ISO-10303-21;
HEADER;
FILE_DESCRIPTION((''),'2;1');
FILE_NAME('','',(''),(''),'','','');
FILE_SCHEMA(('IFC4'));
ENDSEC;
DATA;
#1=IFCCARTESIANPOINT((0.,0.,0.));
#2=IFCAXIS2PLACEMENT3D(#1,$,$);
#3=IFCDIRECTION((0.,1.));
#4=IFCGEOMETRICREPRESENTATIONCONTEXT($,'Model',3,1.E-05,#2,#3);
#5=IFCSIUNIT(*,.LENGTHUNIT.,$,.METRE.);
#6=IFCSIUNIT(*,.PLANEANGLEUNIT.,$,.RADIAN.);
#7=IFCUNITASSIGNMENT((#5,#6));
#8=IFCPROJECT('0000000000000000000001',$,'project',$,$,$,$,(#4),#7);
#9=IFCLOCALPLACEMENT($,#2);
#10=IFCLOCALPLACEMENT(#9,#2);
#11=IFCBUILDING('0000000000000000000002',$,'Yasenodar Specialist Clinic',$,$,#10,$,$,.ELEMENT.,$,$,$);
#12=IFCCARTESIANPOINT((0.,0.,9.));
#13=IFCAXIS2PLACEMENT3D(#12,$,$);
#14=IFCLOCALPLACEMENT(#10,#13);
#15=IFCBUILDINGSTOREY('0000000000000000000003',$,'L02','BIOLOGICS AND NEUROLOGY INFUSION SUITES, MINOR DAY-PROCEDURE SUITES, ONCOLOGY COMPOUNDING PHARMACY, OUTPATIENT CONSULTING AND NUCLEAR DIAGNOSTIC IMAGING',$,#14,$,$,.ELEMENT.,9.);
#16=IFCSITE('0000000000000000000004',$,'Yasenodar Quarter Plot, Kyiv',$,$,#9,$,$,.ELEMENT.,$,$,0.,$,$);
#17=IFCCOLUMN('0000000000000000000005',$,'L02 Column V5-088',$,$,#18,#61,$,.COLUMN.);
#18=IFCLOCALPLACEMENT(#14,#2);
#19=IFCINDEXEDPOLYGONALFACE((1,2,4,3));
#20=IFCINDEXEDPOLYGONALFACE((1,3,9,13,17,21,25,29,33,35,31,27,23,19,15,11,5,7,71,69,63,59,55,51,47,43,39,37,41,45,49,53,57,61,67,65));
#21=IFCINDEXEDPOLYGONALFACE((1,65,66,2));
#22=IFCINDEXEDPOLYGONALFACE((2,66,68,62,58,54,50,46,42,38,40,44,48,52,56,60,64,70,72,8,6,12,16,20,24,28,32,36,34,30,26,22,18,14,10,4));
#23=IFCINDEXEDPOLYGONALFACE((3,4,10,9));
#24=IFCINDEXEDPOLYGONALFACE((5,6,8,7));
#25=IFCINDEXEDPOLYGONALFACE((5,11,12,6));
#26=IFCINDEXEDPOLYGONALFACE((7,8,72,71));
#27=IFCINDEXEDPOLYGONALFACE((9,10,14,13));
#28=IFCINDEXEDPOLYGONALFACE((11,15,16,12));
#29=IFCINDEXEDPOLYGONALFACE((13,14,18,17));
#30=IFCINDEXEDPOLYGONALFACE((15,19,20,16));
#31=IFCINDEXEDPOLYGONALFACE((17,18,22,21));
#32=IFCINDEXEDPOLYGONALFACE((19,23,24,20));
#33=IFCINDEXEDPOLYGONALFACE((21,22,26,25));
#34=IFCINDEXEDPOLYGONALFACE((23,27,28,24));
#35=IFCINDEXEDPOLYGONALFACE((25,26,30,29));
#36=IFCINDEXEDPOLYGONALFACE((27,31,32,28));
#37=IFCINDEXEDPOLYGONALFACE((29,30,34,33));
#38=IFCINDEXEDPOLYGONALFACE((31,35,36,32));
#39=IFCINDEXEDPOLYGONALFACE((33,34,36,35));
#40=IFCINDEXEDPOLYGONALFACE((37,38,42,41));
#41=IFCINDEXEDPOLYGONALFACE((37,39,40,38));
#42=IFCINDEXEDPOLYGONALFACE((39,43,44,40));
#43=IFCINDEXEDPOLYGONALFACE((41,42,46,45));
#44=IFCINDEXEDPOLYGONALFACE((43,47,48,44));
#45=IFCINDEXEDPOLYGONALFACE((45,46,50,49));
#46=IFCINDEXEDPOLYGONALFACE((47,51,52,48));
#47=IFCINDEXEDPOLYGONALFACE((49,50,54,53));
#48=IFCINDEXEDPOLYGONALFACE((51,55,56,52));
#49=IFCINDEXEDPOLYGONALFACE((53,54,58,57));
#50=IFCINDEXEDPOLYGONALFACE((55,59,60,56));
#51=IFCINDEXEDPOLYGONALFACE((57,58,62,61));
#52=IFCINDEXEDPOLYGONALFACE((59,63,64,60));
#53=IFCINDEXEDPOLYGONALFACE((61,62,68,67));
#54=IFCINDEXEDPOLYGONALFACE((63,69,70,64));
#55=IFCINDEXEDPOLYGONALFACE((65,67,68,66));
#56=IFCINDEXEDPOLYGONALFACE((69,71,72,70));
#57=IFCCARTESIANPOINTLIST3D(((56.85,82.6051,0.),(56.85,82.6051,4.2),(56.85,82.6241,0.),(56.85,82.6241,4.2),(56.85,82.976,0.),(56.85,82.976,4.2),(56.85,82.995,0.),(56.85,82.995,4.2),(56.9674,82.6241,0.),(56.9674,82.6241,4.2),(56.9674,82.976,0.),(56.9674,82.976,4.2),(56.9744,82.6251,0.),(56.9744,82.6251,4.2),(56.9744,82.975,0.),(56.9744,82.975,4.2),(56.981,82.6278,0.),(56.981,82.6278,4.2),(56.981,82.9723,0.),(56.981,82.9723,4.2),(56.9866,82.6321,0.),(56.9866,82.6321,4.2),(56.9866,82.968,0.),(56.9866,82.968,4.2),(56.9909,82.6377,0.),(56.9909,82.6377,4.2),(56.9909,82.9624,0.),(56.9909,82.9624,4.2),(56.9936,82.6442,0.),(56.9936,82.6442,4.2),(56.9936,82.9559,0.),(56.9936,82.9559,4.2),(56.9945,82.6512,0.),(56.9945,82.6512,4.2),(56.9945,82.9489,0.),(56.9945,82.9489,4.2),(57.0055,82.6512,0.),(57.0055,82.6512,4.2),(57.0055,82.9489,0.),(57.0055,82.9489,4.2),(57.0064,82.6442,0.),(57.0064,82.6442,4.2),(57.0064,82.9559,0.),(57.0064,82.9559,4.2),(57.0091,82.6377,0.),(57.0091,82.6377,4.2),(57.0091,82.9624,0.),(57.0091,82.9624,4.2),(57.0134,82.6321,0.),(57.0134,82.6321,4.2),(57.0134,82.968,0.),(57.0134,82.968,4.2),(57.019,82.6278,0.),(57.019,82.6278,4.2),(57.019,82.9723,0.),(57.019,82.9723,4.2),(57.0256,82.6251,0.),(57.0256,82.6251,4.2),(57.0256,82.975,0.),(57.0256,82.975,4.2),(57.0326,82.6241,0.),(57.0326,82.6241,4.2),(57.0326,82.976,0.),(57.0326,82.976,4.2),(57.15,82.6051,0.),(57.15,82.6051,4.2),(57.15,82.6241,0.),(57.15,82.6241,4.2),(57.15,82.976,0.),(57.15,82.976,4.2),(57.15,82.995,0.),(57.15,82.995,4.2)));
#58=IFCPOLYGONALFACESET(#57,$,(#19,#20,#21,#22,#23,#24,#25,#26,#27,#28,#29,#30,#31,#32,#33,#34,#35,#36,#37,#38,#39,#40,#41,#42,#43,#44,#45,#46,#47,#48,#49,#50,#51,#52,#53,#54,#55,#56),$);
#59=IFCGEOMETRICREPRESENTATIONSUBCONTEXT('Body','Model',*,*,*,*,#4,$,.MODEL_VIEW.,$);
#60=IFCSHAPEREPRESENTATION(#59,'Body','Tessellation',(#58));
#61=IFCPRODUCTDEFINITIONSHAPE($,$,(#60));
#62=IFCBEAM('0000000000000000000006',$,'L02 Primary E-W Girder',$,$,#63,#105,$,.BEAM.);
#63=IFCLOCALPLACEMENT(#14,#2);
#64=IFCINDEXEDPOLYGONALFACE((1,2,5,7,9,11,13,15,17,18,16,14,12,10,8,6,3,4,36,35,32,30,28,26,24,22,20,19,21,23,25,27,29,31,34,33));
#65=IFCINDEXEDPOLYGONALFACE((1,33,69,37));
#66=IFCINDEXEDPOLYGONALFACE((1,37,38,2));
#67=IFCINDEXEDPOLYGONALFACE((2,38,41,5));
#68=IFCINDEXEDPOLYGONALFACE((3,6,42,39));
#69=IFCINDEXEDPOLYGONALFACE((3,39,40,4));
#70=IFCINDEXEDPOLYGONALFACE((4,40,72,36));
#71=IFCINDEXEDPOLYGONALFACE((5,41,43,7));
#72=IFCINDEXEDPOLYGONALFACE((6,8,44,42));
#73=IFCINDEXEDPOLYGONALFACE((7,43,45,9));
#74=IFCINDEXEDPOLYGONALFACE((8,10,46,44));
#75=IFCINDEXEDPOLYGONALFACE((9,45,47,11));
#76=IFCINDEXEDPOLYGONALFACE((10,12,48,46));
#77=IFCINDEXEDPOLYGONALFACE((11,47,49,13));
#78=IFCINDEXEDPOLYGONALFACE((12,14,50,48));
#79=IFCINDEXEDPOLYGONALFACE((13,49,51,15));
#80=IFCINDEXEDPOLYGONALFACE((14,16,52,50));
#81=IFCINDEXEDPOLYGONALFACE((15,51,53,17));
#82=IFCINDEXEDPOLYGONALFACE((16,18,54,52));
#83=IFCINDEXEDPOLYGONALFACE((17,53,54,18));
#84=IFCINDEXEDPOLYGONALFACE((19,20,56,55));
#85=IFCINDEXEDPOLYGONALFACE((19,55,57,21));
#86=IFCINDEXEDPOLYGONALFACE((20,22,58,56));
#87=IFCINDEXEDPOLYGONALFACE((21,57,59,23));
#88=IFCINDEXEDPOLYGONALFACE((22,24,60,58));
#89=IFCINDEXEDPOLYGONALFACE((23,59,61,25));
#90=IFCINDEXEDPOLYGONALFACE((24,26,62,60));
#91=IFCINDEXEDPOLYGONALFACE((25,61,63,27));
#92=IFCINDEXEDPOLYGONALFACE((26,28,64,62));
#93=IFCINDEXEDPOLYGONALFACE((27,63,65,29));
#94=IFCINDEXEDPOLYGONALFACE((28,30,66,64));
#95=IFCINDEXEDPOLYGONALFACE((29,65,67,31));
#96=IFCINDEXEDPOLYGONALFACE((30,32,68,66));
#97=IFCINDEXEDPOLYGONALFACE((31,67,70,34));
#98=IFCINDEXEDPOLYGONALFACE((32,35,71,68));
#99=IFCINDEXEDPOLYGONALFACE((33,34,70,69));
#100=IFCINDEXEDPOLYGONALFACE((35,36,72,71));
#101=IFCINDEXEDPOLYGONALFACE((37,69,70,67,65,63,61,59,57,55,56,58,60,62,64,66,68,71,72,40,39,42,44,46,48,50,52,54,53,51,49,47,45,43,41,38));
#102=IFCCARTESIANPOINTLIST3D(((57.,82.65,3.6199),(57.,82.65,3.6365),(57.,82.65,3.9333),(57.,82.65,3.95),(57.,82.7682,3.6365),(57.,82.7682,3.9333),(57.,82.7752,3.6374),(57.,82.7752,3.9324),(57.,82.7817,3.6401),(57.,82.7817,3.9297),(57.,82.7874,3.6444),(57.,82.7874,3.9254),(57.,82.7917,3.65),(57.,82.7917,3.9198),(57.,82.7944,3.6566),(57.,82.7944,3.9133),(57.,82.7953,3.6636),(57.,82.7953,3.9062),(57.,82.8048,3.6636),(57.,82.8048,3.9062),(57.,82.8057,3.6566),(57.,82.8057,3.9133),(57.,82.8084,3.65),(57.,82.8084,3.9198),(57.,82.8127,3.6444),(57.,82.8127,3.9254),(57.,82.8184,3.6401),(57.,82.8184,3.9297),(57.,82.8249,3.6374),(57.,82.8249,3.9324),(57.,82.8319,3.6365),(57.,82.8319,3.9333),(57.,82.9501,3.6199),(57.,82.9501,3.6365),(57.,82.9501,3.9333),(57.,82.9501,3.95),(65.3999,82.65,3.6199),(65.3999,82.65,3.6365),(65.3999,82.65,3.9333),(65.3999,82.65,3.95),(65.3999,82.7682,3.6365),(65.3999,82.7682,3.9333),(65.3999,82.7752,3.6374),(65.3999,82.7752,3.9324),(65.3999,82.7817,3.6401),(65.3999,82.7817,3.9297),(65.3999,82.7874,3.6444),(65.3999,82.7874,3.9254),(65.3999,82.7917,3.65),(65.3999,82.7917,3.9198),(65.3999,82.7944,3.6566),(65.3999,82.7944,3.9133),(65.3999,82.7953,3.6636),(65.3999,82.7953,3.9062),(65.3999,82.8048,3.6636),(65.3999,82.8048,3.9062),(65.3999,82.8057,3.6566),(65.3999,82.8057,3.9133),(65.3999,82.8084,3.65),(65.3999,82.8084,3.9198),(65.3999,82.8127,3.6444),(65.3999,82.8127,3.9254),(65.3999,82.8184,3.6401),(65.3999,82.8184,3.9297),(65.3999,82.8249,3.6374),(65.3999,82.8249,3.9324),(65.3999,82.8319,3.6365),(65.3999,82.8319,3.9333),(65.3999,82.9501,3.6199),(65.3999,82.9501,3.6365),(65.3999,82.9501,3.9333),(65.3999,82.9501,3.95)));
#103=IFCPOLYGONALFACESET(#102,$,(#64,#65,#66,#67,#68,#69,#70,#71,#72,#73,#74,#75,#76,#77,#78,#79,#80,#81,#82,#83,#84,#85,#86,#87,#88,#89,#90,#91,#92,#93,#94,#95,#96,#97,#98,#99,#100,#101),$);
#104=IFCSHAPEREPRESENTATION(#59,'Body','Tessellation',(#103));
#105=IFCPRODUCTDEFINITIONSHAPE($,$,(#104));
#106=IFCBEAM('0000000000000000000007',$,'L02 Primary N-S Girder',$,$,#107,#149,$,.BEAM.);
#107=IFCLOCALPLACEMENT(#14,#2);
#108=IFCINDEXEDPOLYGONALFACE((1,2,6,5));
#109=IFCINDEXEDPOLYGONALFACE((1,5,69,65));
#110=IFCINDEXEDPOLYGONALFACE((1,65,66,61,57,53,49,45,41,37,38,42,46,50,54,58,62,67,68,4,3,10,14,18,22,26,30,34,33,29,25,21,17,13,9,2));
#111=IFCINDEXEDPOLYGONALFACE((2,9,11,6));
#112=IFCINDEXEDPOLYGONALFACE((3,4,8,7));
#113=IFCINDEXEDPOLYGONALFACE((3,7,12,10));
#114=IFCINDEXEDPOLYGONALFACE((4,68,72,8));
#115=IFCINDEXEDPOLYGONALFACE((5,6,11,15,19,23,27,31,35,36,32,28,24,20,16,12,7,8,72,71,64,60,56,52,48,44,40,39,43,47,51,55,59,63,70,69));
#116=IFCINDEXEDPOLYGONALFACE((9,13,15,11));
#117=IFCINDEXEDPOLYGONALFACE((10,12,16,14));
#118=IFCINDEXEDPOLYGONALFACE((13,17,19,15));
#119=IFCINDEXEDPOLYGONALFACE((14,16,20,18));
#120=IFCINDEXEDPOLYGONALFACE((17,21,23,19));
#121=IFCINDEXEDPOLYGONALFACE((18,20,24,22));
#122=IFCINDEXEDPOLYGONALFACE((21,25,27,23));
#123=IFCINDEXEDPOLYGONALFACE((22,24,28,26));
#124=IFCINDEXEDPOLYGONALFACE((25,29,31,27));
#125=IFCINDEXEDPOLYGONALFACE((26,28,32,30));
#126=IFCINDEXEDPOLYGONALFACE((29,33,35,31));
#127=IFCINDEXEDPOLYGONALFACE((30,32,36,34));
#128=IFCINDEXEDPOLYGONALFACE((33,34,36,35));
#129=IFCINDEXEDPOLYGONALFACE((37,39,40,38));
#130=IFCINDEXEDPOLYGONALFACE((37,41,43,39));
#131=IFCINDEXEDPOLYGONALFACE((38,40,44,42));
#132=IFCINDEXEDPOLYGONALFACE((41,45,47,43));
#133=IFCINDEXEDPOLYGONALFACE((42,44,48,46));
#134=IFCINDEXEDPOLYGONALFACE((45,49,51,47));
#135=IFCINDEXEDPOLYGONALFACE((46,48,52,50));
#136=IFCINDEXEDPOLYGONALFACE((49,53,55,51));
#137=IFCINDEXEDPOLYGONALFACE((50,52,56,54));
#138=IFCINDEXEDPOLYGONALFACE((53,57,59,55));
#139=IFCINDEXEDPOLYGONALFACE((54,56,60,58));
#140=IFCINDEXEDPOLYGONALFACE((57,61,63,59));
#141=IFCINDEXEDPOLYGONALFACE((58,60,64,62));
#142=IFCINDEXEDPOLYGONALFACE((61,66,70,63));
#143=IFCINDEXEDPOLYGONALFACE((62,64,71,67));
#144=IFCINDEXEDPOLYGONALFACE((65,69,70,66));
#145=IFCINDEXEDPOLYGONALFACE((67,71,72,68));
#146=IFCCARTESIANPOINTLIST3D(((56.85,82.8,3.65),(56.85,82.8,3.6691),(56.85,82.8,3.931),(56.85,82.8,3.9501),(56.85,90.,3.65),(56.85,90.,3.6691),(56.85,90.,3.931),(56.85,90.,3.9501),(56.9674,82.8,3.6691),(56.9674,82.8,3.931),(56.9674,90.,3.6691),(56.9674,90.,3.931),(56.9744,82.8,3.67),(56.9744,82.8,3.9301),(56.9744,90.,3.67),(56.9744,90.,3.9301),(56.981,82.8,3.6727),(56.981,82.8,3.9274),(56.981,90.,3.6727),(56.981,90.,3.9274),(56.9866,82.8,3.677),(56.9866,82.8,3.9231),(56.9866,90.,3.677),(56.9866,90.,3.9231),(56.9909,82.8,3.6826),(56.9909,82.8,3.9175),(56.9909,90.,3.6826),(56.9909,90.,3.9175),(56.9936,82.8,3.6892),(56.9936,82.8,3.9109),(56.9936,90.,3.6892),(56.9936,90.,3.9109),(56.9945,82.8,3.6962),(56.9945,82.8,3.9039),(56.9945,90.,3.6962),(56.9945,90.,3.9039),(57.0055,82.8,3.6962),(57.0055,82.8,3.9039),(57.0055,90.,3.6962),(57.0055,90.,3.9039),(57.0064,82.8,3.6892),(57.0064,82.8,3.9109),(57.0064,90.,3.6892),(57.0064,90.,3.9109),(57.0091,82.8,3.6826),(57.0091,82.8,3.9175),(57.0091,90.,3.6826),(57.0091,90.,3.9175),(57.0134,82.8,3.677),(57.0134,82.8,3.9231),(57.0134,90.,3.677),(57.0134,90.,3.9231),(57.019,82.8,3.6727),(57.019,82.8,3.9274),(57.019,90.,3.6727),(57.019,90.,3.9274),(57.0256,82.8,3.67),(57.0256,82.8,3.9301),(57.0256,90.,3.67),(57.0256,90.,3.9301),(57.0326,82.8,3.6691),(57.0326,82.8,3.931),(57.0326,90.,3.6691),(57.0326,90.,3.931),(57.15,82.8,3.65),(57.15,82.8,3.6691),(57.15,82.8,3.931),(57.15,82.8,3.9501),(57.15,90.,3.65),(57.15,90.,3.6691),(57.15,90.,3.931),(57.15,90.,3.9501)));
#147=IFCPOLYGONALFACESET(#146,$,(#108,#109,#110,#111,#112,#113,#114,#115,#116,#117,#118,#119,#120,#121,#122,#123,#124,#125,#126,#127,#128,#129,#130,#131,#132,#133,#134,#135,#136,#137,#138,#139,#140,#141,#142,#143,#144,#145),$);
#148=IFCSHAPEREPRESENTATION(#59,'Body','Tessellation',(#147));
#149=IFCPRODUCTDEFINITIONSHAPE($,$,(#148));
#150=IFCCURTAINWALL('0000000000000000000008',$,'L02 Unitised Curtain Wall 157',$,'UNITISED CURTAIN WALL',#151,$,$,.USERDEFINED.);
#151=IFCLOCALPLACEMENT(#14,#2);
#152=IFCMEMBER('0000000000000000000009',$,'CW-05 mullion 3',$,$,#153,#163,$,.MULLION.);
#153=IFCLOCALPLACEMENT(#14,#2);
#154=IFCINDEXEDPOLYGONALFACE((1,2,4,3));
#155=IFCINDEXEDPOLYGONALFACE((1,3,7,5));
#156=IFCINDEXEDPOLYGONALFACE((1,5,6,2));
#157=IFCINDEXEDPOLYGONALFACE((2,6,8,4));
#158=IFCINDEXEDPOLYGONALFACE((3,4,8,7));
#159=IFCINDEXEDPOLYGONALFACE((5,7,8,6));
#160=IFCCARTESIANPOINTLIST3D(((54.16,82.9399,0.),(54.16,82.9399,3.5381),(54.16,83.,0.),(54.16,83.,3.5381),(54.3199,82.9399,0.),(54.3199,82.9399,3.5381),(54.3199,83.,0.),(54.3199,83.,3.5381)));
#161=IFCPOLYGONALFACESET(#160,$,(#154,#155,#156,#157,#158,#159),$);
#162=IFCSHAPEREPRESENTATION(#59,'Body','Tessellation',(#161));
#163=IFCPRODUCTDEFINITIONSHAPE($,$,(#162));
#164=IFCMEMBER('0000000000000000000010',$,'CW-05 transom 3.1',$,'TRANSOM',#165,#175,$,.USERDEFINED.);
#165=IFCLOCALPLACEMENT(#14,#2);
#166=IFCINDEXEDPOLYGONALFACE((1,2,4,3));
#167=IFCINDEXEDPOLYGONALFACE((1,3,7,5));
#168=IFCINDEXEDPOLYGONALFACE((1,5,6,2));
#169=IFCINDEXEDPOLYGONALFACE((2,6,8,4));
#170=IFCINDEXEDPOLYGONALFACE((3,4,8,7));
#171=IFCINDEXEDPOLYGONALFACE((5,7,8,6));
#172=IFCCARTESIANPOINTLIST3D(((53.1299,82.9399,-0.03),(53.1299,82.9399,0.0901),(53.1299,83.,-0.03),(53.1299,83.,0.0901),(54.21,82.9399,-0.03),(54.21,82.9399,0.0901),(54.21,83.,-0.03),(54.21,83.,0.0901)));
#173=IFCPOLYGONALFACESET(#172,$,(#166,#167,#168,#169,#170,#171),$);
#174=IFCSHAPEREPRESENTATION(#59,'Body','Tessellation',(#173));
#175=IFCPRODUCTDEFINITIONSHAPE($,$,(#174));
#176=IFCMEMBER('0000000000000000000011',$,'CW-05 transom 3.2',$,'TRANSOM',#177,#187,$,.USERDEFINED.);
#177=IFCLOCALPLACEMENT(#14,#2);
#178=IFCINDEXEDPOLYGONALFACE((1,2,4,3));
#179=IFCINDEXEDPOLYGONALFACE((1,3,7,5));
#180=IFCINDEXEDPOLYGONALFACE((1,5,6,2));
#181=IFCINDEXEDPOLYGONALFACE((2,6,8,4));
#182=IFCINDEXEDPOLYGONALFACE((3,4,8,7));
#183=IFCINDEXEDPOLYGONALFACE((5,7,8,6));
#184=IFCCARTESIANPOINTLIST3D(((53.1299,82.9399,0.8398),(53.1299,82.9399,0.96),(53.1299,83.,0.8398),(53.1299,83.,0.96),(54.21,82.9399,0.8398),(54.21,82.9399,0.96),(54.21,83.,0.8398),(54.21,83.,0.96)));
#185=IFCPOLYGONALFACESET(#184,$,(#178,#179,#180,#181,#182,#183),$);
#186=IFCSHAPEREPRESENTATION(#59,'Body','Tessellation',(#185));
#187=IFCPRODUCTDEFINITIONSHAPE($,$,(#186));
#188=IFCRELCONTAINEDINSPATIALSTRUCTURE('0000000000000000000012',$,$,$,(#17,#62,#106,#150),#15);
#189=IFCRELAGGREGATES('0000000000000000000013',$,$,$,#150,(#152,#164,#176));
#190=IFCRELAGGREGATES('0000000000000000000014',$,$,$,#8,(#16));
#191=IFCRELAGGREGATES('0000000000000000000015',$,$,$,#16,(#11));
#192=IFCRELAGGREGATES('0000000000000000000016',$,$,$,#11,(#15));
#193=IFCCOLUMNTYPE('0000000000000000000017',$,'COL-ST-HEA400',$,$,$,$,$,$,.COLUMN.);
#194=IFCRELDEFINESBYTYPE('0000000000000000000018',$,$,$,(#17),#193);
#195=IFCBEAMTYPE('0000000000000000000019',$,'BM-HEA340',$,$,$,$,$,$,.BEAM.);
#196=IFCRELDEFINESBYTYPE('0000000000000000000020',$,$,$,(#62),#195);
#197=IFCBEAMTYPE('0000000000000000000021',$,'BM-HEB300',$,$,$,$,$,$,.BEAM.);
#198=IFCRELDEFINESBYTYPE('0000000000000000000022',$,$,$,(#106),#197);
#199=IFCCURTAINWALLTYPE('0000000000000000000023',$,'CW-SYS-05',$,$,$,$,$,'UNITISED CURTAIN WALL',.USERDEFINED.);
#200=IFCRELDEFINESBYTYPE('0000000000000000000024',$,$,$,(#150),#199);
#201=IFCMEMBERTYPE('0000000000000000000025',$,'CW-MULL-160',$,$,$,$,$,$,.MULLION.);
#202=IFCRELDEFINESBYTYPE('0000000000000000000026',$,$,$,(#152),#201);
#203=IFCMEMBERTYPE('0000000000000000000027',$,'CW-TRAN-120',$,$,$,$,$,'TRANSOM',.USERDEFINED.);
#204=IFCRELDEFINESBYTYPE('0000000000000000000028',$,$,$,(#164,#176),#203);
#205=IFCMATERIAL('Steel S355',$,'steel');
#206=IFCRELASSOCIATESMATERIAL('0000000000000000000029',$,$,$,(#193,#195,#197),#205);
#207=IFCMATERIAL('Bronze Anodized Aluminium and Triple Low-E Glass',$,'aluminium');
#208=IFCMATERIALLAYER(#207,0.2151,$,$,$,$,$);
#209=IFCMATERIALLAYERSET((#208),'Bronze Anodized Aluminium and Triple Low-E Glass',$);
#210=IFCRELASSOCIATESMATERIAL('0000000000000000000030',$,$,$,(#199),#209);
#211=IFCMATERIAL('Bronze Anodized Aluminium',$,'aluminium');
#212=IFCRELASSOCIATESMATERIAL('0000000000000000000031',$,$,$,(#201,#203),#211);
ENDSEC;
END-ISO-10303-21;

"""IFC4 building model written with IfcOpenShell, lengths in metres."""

from ifc_helpers import new_model, si_unit, direction, frame, origin, origin_2d, place, context, subcontext, project, spatial, rectangle, i_section, extrude, material, layer, layer_set, material_profile, profile_set, type_object, element, aggregate, save


model = new_model("IFC4")

# Units and contexts
model_context = context("Model", 3, precision=1e-05, world=origin(), true_north=direction((0.0, 1.0)))
body_context = subcontext(model_context, "Body", "Model", "MODEL_VIEW")
ifc_project = project(units=[si_unit("LENGTHUNIT", "METRE"), si_unit("PLANEANGLEUNIT", "RADIAN")], contexts=[model_context])

# Site, building, storey
site_placement = place(None, origin())
site = spatial("IfcSite", under=ifc_project, at=site_placement, Name="Yasenodar Quarter Plot, Kyiv", CompositionType="ELEMENT", RefElevation=0.0)
building_placement = place(site_placement, origin())
building = spatial("IfcBuilding", under=site, at=building_placement, Name="Yasenodar Specialist Clinic", CompositionType="ELEMENT")
storey_placement = place(building_placement, frame((0.0, 0.0, 9.0)))
storey = spatial("IfcBuildingStorey", under=building, at=storey_placement, Name="L02", Description="BIOLOGICS AND NEUROLOGY INFUSION SUITES, MINOR DAY-PROCEDURE SUITES, ONCOLOGY COMPOUNDING PHARMACY, OUTPATIENT CONSULTING AND NUCLEAR DIAGNOSTIC IMAGING", CompositionType="ELEMENT", Elevation=9.0)

# Column
ifc_material_1 = material(Name="Steel S355", Category="steel")
ifc_material_profile_1 = material_profile(ifc_material_1, i_section(OverallWidth=0.3, OverallDepth=0.3899, WebThickness=0.011, FlangeThickness=0.019, FilletRadius=0.0271, at=origin_2d()), Name="HEA 400")
ifc_profile_set_1 = profile_set([ifc_material_profile_1], Name="Steel S355")
column_type = type_object("IfcColumnType", Name="COL-ST-HEA400", PredefinedType="COLUMN", material=ifc_profile_set_1)
column_placement = place(storey_placement, frame((57.0, 82.8, 0.0), z_axis=(0.0, 0.0, 1.0), x_axis=(1.0, 0.0, 0.0)))
element("IfcColumn", 1, at=column_placement, inside=storey, type_object=column_type, Name="L02 Column V5-088", PredefinedType="COLUMN", context=body_context, shape_type="SweptSolid", body=[
    extrude(i_section(OverallWidth=0.3, OverallDepth=0.3899, WebThickness=0.011, FlangeThickness=0.019, FilletRadius=0.0271, at=origin_2d()), origin(), (0.0, 0.0, 1.0), 4.2),
])

# Beams
ifc_material_profile_2 = material_profile(ifc_material_1, i_section(OverallWidth=0.3, OverallDepth=0.3301, WebThickness=0.0095, FlangeThickness=0.0166, FilletRadius=0.0271, at=origin_2d()), Name="HEA 340")
ifc_profile_set_2 = profile_set([ifc_material_profile_2], Name="Steel S355")
beam_type_1 = type_object("IfcBeamType", Name="BM-HEA340", PredefinedType="BEAM", material=ifc_profile_set_2)
beam_1_placement = place(storey_placement, frame((57.0, 82.8, 3.7849), z_axis=(1.0, 0.0, 0.0), x_axis=(0.0, 1.0, 0.0)))
element("IfcBeam", 2, at=beam_1_placement, inside=storey, type_object=beam_type_1, Name="L02 Primary E-W Girder", PredefinedType="BEAM", context=body_context, shape_type="SweptSolid", body=[
    extrude(i_section(OverallWidth=0.3, OverallDepth=0.3301, WebThickness=0.0095, FlangeThickness=0.0166, FilletRadius=0.0271, at=origin_2d()), origin(), (0.0, 0.0, 1.0), 8.3999),
])
ifc_material_profile_3 = material_profile(ifc_material_1, i_section(OverallWidth=0.3, OverallDepth=0.3, WebThickness=0.011, FlangeThickness=0.019, FilletRadius=0.0271, at=origin_2d()), Name="HEB 300")
ifc_profile_set_3 = profile_set([ifc_material_profile_3], Name="Steel S355")
beam_type_2 = type_object("IfcBeamType", Name="BM-HEB300", PredefinedType="BEAM", material=ifc_profile_set_3)
beam_2_placement = place(storey_placement, frame((57.0, 82.8, 3.8), z_axis=(0.0, 1.0, 0.0), x_axis=(-1.0, 0.0, 0.0)))
element("IfcBeam", 3, at=beam_2_placement, inside=storey, type_object=beam_type_2, Name="L02 Primary N-S Girder", PredefinedType="BEAM", context=body_context, shape_type="SweptSolid", body=[
    extrude(i_section(OverallWidth=0.3, OverallDepth=0.3, WebThickness=0.011, FlangeThickness=0.019, FilletRadius=0.0271, at=origin_2d()), origin(), (0.0, 0.0, 1.0), 7.2),
])

# Curtain wall, members
ifc_material_2 = material(Name="Bronze Anodized Aluminium and Triple Low-E Glass", Category="aluminium")
ifc_layer_1 = layer(ifc_material_2, 0.2151)
ifc_layer_set_1 = layer_set([ifc_layer_1], Name="Bronze Anodized Aluminium and Triple Low-E Glass")
curtain_wall_type_1 = type_object("IfcCurtainWallType", Name="CW-SYS-05", ElementType="UNITISED CURTAIN WALL", PredefinedType="USERDEFINED", material=ifc_layer_set_1)
curtain_wall_1_placement = place(storey_placement, origin())
curtain_wall_1 = element("IfcCurtainWall", 4, at=curtain_wall_1_placement, inside=storey, type_object=curtain_wall_type_1, Name="L02 Unitised Curtain Wall 157", ObjectType="UNITISED CURTAIN WALL", PredefinedType="USERDEFINED")
ifc_material_3 = material(Name="Bronze Anodized Aluminium", Category="aluminium")
ifc_material_profile_4 = material_profile(ifc_material_3, rectangle(XDim=0.0601, YDim=0.1599, at=origin_2d()), Name="CW-MULL 60x160")
ifc_profile_set_4 = profile_set([ifc_material_profile_4], Name="Bronze Anodized Aluminium")
member_type_1 = type_object("IfcMemberType", Name="CW-MULL-160", PredefinedType="MULLION", material=ifc_profile_set_4)
member_1_placement = place(storey_placement, frame((54.24, 82.97, 0.0), z_axis=(0.0, 0.0, 1.0), x_axis=(0.0, -1.0, 0.0)))
member_1 = element("IfcMember", 5, at=member_1_placement, type_object=member_type_1, Name="CW-05 mullion 3", PredefinedType="MULLION", context=body_context, shape_type="SweptSolid", body=[
    extrude(rectangle(XDim=0.0601, YDim=0.1599, at=origin_2d()), origin(), (0.0, 0.0, 1.0), 3.5381),
])
ifc_material_profile_5 = material_profile(ifc_material_3, rectangle(XDim=0.0601, YDim=0.1201, at=origin_2d()), Name="CW-TRAN 60x120")
ifc_profile_set_5 = profile_set([ifc_material_profile_5], Name="Bronze Anodized Aluminium")
member_type_2 = type_object("IfcMemberType", Name="CW-TRAN-120", ElementType="TRANSOM", PredefinedType="USERDEFINED", material=ifc_profile_set_5)
member_2_placement = place(storey_placement, frame((54.21, 82.97, 0.03), z_axis=(-1.0, 0.0, 0.0), x_axis=(0.0, -1.0, 0.0)))
member_2 = element("IfcMember", 6, at=member_2_placement, type_object=member_type_2, Name="CW-05 transom 3.1", ObjectType="TRANSOM", PredefinedType="USERDEFINED", context=body_context, shape_type="SweptSolid", body=[
    extrude(rectangle(XDim=0.0601, YDim=0.1201, at=origin_2d()), origin(), (0.0, 0.0, 1.0), 1.0801),
])
member_3_placement = place(storey_placement, frame((54.21, 82.97, 0.8999), z_axis=(-1.0, 0.0, 0.0), x_axis=(0.0, -1.0, 0.0)))
member_3 = element("IfcMember", 7, at=member_3_placement, type_object=member_type_2, Name="CW-05 transom 3.2", ObjectType="TRANSOM", PredefinedType="USERDEFINED", context=body_context, shape_type="SweptSolid", body=[
    extrude(rectangle(XDim=0.0601, YDim=0.1201, at=origin_2d()), origin(), (0.0, 0.0, 1.0), 1.0801),
])

aggregate(curtain_wall_1, [member_1, member_2, member_3])

save(model, "model.ifc")
